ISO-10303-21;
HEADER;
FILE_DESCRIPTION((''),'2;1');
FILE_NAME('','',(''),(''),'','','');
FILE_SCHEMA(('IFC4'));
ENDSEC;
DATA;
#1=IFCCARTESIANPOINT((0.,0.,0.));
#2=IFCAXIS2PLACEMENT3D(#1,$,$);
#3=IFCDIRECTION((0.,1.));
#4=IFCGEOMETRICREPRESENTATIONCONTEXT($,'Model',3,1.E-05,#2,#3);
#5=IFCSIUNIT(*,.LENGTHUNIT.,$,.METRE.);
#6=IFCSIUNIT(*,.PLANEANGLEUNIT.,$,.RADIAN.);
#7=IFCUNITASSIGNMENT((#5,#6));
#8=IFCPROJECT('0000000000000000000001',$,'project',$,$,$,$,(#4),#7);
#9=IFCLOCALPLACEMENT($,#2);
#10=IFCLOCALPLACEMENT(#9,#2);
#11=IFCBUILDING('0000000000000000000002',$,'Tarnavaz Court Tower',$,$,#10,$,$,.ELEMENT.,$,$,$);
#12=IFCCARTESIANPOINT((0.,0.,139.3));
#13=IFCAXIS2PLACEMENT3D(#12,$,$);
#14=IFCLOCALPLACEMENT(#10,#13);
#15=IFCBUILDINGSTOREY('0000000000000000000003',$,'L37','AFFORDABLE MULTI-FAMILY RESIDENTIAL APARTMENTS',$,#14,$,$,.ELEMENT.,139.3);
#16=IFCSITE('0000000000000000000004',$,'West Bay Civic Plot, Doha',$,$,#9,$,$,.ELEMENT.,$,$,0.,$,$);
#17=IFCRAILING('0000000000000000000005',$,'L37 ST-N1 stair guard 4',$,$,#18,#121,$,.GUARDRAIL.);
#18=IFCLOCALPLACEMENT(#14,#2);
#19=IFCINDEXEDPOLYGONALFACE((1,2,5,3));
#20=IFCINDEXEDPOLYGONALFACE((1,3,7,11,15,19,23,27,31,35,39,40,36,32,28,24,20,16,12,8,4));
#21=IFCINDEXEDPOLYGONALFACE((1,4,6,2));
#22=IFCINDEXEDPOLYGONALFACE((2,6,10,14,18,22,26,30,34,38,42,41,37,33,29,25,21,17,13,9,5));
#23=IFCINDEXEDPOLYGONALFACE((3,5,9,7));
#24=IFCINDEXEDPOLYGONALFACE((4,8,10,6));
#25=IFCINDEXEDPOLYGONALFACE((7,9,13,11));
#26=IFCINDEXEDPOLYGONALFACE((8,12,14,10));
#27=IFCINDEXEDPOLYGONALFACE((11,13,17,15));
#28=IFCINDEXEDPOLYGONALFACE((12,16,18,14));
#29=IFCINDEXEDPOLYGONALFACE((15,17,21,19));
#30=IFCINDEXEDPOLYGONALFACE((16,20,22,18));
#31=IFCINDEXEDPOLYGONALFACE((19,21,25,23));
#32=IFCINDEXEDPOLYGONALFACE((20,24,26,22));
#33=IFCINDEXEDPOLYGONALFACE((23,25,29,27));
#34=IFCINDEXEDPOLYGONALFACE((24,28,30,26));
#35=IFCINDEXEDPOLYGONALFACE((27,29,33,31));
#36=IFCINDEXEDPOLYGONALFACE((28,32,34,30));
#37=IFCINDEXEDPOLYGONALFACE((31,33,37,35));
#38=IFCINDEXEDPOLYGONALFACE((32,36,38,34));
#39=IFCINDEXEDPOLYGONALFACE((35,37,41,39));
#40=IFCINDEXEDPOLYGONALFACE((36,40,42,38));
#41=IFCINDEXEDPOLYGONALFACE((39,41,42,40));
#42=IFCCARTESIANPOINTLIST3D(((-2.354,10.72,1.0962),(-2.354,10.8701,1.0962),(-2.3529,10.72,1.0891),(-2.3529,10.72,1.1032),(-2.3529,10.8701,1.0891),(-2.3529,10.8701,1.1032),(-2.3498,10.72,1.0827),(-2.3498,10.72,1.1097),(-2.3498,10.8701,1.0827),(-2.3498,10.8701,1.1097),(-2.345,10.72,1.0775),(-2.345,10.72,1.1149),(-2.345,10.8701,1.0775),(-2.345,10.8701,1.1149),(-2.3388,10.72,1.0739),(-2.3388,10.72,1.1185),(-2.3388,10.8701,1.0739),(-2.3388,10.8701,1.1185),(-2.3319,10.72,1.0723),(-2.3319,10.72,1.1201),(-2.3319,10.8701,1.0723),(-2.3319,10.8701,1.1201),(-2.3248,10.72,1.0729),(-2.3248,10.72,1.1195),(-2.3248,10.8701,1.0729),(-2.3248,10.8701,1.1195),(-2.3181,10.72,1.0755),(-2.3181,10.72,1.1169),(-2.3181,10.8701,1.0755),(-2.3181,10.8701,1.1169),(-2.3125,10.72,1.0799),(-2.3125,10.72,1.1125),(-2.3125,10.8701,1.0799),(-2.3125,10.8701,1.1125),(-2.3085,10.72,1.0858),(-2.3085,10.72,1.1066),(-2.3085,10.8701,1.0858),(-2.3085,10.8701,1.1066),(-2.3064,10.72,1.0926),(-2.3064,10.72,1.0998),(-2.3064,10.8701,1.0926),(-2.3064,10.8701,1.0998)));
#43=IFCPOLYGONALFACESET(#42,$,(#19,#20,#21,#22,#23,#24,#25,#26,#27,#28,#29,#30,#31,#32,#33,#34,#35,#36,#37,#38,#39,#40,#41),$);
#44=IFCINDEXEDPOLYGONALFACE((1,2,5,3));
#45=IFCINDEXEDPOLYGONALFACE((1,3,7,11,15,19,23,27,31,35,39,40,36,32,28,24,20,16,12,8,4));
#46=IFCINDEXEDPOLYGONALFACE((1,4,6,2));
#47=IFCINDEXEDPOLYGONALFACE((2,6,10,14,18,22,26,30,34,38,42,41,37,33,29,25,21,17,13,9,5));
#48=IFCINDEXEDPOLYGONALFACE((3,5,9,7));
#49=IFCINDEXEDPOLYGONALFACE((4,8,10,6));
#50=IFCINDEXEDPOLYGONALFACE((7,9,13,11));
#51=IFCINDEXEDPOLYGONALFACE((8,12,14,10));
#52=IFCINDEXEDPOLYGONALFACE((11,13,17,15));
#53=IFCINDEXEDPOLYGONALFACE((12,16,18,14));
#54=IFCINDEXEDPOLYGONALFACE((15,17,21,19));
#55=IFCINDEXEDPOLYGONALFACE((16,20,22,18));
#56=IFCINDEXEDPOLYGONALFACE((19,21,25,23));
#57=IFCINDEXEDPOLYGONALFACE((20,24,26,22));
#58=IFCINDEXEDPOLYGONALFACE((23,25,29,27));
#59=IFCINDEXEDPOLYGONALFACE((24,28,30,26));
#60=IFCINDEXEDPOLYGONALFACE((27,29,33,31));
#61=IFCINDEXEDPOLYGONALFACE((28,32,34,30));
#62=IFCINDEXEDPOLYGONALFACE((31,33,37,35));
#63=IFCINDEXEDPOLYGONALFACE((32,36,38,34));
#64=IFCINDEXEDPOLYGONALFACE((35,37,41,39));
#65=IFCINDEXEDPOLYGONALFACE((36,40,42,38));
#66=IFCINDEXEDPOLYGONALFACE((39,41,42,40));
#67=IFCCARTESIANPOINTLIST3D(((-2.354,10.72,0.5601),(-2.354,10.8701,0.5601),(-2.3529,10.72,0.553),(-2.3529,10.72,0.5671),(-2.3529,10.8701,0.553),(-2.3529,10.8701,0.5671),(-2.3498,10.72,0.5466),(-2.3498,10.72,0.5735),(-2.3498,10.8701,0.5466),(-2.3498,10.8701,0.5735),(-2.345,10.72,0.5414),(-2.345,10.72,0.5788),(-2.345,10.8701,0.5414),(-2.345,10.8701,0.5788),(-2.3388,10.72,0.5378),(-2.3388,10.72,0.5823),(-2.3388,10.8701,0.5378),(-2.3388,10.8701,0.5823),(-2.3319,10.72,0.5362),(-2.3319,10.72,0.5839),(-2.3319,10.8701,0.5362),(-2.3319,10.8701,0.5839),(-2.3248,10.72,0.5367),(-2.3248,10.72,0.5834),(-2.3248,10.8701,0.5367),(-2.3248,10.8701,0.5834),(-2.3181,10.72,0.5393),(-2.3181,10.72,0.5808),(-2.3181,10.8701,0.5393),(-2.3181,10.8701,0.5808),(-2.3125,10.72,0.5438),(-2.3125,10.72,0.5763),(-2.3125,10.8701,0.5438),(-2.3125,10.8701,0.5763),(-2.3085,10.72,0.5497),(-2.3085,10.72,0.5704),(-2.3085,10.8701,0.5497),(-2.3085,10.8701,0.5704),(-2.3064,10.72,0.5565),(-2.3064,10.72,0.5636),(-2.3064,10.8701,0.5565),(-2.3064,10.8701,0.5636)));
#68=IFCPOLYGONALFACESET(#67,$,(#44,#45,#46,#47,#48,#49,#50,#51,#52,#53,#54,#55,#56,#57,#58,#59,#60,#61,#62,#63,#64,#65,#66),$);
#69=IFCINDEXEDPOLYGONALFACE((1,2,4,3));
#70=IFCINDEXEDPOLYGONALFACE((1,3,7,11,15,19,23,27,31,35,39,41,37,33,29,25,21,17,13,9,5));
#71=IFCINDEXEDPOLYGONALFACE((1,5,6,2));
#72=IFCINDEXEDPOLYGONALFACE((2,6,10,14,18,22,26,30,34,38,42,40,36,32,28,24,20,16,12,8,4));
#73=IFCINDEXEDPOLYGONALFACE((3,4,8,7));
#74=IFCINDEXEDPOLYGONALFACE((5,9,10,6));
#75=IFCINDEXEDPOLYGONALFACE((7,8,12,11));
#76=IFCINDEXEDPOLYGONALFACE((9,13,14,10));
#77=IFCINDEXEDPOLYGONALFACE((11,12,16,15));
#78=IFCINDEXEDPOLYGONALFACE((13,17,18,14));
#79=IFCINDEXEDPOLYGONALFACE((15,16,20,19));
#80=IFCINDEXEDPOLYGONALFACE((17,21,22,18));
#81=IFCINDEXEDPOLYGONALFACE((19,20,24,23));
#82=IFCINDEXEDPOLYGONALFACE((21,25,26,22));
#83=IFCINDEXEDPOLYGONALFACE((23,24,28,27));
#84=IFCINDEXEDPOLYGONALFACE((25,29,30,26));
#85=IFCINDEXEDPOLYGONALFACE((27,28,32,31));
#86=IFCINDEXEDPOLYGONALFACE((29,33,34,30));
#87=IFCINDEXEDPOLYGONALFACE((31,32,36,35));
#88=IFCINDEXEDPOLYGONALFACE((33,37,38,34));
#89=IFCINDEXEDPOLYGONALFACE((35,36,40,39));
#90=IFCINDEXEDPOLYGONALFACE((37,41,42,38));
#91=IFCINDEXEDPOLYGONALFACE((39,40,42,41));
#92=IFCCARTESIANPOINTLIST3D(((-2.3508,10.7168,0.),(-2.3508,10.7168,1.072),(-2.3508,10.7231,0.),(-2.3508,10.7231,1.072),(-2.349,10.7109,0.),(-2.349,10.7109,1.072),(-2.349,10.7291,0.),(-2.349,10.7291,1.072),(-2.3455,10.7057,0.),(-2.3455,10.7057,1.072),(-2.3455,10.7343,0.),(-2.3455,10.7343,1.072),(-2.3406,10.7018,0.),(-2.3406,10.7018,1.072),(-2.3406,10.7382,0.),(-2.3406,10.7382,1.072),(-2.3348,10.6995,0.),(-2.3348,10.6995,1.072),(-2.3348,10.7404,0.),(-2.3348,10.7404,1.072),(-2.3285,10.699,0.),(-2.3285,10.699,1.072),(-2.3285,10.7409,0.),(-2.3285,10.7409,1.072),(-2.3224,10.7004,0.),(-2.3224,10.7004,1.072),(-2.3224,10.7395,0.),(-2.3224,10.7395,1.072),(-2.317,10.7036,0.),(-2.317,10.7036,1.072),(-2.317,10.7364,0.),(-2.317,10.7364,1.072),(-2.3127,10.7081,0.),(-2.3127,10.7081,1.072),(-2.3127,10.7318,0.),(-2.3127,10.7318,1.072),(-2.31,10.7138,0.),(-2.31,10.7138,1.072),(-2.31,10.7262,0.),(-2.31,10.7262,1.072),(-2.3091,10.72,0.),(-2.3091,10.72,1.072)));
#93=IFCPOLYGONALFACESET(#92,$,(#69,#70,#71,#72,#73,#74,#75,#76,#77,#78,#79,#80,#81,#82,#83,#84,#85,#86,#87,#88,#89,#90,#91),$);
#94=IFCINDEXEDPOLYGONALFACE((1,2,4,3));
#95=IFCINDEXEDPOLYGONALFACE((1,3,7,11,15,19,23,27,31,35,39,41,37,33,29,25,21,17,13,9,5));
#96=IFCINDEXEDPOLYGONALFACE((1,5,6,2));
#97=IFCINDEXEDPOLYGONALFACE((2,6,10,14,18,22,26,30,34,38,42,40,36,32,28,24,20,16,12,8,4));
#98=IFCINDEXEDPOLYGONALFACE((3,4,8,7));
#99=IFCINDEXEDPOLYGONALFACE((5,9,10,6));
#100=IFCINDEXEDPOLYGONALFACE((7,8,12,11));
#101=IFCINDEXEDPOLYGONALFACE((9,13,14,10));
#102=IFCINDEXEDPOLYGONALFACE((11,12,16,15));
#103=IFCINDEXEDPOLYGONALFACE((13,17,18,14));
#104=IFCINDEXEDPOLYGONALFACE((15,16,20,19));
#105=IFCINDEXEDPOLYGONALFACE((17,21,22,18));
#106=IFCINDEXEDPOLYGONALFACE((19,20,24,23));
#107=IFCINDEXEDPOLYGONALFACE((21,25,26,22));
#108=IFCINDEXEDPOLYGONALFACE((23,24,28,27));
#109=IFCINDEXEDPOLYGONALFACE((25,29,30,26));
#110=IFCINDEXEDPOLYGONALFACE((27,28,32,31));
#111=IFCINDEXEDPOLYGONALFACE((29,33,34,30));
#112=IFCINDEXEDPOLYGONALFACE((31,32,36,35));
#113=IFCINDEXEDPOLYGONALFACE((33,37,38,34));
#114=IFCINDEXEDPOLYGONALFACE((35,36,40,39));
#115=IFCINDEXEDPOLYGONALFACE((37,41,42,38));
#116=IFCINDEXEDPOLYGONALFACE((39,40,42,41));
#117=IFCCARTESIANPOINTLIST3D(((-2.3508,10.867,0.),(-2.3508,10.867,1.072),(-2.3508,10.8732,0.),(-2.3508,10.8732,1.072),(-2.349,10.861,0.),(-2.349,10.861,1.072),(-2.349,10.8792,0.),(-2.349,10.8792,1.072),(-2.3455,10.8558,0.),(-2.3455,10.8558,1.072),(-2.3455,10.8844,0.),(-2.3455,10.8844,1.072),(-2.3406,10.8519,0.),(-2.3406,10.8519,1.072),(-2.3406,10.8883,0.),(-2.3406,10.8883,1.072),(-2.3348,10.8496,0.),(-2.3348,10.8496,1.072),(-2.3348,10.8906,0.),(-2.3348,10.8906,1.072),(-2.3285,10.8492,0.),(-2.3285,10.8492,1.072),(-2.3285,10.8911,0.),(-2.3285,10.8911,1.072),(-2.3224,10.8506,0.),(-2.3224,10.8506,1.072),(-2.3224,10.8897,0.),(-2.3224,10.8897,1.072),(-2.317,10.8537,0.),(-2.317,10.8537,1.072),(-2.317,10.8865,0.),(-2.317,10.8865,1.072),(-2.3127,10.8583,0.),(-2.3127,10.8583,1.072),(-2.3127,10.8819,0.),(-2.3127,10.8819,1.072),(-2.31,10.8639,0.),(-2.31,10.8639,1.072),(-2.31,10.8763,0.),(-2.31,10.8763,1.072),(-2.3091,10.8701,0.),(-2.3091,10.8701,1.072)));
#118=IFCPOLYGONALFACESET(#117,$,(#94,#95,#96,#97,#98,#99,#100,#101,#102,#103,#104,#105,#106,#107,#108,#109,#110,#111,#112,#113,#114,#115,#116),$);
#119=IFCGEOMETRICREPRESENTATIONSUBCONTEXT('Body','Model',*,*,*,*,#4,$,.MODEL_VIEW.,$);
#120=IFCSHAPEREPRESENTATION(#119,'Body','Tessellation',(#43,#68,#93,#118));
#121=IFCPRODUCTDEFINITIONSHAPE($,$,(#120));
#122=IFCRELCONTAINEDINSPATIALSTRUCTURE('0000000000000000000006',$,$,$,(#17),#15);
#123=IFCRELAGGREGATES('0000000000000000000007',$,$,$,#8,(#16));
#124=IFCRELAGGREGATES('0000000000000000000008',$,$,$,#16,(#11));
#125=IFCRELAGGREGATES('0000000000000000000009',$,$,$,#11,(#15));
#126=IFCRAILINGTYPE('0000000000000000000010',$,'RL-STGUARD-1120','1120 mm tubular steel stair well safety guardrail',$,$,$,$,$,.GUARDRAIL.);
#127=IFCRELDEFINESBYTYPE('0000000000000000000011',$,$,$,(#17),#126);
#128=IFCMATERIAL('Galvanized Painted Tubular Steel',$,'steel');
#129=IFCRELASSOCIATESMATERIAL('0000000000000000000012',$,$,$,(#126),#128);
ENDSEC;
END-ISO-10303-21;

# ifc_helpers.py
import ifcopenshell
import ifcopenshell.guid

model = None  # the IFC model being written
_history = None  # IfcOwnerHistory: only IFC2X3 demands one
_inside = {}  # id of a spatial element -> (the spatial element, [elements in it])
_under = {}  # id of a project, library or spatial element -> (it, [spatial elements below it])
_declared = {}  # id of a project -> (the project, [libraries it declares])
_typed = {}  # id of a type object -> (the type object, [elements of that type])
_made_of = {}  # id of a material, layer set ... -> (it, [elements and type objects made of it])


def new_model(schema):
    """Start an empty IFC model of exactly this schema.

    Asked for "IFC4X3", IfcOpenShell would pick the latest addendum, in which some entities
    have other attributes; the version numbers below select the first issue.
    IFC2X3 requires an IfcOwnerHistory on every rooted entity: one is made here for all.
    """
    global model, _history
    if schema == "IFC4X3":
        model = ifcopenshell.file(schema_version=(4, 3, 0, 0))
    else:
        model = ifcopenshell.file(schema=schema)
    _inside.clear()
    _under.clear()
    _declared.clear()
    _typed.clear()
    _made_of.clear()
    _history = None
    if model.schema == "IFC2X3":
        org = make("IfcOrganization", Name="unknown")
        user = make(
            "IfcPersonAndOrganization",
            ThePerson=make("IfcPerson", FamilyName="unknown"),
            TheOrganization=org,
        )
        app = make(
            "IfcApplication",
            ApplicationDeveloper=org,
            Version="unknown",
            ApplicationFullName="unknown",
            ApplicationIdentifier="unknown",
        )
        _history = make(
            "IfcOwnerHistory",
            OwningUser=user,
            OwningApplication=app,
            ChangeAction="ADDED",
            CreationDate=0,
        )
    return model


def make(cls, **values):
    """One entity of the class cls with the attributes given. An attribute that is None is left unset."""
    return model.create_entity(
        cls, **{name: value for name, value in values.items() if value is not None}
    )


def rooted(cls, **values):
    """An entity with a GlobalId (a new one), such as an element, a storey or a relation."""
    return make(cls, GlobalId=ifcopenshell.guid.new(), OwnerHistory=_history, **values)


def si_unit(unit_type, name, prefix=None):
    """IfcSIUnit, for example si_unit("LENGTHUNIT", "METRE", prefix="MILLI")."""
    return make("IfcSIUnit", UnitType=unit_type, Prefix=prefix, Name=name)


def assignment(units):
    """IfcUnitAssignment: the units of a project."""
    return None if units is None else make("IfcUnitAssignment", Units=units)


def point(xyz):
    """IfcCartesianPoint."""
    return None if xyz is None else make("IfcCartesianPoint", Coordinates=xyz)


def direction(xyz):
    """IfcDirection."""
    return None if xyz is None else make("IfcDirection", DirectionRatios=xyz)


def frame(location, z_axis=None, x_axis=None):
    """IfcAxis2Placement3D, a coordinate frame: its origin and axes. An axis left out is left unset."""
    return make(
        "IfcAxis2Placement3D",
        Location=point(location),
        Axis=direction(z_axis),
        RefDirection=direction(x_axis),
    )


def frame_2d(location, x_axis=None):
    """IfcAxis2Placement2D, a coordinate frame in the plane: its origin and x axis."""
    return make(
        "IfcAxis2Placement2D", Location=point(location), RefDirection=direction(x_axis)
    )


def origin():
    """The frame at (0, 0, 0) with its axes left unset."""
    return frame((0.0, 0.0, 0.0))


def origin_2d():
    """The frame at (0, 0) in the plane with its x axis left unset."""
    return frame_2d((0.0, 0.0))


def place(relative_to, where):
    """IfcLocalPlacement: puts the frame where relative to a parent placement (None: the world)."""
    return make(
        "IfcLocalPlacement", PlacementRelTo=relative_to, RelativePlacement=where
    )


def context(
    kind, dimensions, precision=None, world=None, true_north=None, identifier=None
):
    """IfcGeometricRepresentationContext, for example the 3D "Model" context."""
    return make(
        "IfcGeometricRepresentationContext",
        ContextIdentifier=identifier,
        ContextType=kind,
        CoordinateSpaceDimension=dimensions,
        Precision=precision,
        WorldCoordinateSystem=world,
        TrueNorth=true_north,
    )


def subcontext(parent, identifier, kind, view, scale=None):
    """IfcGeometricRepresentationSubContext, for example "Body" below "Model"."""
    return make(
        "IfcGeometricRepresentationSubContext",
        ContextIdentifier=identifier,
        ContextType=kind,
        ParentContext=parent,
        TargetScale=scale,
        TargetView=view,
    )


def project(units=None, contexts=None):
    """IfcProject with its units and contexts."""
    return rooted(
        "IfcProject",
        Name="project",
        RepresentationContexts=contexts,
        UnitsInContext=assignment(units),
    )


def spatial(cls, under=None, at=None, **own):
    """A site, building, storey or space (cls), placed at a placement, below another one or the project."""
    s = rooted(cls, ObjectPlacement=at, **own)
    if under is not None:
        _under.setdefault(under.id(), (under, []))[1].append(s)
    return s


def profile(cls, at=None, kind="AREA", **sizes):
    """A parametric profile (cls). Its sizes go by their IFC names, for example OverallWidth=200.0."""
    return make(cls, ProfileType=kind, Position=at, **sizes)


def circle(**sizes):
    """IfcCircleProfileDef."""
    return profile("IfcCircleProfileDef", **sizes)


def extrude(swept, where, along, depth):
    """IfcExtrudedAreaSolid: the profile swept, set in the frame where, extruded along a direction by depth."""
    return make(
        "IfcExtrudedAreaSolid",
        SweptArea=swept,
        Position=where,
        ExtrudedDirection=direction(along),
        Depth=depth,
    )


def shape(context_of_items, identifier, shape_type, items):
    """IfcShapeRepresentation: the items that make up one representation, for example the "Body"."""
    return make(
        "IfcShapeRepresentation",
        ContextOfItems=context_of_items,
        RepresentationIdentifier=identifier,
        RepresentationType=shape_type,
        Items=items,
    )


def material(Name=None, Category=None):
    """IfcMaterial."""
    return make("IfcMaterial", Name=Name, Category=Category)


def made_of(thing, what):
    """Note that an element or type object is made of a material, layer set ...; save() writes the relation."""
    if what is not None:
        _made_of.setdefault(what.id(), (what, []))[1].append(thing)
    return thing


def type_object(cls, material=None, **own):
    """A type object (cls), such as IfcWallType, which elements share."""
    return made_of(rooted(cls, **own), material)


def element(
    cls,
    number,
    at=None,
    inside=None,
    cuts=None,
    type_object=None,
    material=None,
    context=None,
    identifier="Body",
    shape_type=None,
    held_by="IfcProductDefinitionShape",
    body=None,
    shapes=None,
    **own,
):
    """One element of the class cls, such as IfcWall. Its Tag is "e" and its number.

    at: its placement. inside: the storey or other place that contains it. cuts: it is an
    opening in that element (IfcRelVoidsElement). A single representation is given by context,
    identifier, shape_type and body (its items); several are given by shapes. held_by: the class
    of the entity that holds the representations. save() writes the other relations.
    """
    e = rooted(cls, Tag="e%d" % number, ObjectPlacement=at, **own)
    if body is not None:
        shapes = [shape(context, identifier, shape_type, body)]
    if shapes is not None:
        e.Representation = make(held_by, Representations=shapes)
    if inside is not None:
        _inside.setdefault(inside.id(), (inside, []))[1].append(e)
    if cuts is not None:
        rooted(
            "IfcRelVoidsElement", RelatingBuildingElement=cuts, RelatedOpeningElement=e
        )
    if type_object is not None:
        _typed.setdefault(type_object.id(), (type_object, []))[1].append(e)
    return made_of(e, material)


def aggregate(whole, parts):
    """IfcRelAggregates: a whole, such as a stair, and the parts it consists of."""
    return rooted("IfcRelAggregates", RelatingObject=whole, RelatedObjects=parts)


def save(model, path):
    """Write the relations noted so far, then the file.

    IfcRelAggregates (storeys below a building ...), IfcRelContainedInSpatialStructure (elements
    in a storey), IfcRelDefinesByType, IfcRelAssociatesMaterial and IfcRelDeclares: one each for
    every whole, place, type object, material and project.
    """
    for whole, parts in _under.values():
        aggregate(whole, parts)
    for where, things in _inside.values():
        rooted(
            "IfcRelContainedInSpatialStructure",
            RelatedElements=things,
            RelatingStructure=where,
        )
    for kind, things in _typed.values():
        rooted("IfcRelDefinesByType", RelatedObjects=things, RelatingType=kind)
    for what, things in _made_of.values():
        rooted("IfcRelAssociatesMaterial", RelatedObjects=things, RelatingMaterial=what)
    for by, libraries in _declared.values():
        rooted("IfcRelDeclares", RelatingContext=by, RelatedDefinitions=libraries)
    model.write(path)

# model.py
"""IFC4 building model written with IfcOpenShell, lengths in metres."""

from ifc_helpers import new_model, si_unit, direction, frame, origin, origin_2d, place, context, subcontext, project, spatial, circle, extrude, material, type_object, element, save


model = new_model("IFC4")

# Units and contexts
model_context = context("Model", 3, precision=1e-05, world=origin(), true_north=direction((0.0, 1.0)))
body_context = subcontext(model_context, "Body", "Model", "MODEL_VIEW")
ifc_project = project(units=[si_unit("LENGTHUNIT", "METRE"), si_unit("PLANEANGLEUNIT", "RADIAN")], contexts=[model_context])

# Site, building, storey
site_placement = place(None, origin())
site = spatial("IfcSite", under=ifc_project, at=site_placement, Name="West Bay Civic Plot, Doha", CompositionType="ELEMENT", RefElevation=0.0)
building_placement = place(site_placement, origin())
building = spatial("IfcBuilding", under=site, at=building_placement, Name="Tarnavaz Court Tower", CompositionType="ELEMENT")
storey_placement = place(building_placement, frame((0.0, 0.0, 139.3)))
storey = spatial("IfcBuildingStorey", under=building, at=storey_placement, Name="L37", Description="AFFORDABLE MULTI-FAMILY RESIDENTIAL APARTMENTS", CompositionType="ELEMENT", Elevation=139.3)

# Railing
ifc_material_1 = material(Name="Galvanized Painted Tubular Steel", Category="steel")
railing_type_1 = type_object("IfcRailingType", Name="RL-STGUARD-1120", Description="1120 mm tubular steel stair well safety guardrail", PredefinedType="GUARDRAIL", material=ifc_material_1)
railing_1_placement = place(storey_placement, frame((-2.3301, 10.72, 0.0)))
element("IfcRailing", 1, at=railing_1_placement, inside=storey, type_object=railing_type_1, Name="L37 ST-N1 stair guard 4", PredefinedType="GUARDRAIL", context=body_context, shape_type="SweptSolid", body=[
    extrude(circle(Radius=0.0239, at=origin_2d()), frame((0.0, 0.0, 1.0962), z_axis=(0.0, 1.0, 0.0), x_axis=(-1.0, 0.0, 0.0)), (0.0, 0.0, 1.0), 0.1501),
    extrude(circle(Radius=0.0239, at=origin_2d()), frame((0.0, 0.0, 0.5601), z_axis=(0.0, 1.0, 0.0), x_axis=(-1.0, 0.0, 0.0)), (0.0, 0.0, 1.0), 0.1501),
    extrude(circle(Radius=0.021, at=origin_2d()), origin(), (0.0, 0.0, 1.0), 1.072),
    extrude(circle(Radius=0.021, at=origin_2d()), frame((0.0, 0.1501, 0.0)), (0.0, 0.0, 1.0), 1.072),
])

save(model, "model.ifc")
